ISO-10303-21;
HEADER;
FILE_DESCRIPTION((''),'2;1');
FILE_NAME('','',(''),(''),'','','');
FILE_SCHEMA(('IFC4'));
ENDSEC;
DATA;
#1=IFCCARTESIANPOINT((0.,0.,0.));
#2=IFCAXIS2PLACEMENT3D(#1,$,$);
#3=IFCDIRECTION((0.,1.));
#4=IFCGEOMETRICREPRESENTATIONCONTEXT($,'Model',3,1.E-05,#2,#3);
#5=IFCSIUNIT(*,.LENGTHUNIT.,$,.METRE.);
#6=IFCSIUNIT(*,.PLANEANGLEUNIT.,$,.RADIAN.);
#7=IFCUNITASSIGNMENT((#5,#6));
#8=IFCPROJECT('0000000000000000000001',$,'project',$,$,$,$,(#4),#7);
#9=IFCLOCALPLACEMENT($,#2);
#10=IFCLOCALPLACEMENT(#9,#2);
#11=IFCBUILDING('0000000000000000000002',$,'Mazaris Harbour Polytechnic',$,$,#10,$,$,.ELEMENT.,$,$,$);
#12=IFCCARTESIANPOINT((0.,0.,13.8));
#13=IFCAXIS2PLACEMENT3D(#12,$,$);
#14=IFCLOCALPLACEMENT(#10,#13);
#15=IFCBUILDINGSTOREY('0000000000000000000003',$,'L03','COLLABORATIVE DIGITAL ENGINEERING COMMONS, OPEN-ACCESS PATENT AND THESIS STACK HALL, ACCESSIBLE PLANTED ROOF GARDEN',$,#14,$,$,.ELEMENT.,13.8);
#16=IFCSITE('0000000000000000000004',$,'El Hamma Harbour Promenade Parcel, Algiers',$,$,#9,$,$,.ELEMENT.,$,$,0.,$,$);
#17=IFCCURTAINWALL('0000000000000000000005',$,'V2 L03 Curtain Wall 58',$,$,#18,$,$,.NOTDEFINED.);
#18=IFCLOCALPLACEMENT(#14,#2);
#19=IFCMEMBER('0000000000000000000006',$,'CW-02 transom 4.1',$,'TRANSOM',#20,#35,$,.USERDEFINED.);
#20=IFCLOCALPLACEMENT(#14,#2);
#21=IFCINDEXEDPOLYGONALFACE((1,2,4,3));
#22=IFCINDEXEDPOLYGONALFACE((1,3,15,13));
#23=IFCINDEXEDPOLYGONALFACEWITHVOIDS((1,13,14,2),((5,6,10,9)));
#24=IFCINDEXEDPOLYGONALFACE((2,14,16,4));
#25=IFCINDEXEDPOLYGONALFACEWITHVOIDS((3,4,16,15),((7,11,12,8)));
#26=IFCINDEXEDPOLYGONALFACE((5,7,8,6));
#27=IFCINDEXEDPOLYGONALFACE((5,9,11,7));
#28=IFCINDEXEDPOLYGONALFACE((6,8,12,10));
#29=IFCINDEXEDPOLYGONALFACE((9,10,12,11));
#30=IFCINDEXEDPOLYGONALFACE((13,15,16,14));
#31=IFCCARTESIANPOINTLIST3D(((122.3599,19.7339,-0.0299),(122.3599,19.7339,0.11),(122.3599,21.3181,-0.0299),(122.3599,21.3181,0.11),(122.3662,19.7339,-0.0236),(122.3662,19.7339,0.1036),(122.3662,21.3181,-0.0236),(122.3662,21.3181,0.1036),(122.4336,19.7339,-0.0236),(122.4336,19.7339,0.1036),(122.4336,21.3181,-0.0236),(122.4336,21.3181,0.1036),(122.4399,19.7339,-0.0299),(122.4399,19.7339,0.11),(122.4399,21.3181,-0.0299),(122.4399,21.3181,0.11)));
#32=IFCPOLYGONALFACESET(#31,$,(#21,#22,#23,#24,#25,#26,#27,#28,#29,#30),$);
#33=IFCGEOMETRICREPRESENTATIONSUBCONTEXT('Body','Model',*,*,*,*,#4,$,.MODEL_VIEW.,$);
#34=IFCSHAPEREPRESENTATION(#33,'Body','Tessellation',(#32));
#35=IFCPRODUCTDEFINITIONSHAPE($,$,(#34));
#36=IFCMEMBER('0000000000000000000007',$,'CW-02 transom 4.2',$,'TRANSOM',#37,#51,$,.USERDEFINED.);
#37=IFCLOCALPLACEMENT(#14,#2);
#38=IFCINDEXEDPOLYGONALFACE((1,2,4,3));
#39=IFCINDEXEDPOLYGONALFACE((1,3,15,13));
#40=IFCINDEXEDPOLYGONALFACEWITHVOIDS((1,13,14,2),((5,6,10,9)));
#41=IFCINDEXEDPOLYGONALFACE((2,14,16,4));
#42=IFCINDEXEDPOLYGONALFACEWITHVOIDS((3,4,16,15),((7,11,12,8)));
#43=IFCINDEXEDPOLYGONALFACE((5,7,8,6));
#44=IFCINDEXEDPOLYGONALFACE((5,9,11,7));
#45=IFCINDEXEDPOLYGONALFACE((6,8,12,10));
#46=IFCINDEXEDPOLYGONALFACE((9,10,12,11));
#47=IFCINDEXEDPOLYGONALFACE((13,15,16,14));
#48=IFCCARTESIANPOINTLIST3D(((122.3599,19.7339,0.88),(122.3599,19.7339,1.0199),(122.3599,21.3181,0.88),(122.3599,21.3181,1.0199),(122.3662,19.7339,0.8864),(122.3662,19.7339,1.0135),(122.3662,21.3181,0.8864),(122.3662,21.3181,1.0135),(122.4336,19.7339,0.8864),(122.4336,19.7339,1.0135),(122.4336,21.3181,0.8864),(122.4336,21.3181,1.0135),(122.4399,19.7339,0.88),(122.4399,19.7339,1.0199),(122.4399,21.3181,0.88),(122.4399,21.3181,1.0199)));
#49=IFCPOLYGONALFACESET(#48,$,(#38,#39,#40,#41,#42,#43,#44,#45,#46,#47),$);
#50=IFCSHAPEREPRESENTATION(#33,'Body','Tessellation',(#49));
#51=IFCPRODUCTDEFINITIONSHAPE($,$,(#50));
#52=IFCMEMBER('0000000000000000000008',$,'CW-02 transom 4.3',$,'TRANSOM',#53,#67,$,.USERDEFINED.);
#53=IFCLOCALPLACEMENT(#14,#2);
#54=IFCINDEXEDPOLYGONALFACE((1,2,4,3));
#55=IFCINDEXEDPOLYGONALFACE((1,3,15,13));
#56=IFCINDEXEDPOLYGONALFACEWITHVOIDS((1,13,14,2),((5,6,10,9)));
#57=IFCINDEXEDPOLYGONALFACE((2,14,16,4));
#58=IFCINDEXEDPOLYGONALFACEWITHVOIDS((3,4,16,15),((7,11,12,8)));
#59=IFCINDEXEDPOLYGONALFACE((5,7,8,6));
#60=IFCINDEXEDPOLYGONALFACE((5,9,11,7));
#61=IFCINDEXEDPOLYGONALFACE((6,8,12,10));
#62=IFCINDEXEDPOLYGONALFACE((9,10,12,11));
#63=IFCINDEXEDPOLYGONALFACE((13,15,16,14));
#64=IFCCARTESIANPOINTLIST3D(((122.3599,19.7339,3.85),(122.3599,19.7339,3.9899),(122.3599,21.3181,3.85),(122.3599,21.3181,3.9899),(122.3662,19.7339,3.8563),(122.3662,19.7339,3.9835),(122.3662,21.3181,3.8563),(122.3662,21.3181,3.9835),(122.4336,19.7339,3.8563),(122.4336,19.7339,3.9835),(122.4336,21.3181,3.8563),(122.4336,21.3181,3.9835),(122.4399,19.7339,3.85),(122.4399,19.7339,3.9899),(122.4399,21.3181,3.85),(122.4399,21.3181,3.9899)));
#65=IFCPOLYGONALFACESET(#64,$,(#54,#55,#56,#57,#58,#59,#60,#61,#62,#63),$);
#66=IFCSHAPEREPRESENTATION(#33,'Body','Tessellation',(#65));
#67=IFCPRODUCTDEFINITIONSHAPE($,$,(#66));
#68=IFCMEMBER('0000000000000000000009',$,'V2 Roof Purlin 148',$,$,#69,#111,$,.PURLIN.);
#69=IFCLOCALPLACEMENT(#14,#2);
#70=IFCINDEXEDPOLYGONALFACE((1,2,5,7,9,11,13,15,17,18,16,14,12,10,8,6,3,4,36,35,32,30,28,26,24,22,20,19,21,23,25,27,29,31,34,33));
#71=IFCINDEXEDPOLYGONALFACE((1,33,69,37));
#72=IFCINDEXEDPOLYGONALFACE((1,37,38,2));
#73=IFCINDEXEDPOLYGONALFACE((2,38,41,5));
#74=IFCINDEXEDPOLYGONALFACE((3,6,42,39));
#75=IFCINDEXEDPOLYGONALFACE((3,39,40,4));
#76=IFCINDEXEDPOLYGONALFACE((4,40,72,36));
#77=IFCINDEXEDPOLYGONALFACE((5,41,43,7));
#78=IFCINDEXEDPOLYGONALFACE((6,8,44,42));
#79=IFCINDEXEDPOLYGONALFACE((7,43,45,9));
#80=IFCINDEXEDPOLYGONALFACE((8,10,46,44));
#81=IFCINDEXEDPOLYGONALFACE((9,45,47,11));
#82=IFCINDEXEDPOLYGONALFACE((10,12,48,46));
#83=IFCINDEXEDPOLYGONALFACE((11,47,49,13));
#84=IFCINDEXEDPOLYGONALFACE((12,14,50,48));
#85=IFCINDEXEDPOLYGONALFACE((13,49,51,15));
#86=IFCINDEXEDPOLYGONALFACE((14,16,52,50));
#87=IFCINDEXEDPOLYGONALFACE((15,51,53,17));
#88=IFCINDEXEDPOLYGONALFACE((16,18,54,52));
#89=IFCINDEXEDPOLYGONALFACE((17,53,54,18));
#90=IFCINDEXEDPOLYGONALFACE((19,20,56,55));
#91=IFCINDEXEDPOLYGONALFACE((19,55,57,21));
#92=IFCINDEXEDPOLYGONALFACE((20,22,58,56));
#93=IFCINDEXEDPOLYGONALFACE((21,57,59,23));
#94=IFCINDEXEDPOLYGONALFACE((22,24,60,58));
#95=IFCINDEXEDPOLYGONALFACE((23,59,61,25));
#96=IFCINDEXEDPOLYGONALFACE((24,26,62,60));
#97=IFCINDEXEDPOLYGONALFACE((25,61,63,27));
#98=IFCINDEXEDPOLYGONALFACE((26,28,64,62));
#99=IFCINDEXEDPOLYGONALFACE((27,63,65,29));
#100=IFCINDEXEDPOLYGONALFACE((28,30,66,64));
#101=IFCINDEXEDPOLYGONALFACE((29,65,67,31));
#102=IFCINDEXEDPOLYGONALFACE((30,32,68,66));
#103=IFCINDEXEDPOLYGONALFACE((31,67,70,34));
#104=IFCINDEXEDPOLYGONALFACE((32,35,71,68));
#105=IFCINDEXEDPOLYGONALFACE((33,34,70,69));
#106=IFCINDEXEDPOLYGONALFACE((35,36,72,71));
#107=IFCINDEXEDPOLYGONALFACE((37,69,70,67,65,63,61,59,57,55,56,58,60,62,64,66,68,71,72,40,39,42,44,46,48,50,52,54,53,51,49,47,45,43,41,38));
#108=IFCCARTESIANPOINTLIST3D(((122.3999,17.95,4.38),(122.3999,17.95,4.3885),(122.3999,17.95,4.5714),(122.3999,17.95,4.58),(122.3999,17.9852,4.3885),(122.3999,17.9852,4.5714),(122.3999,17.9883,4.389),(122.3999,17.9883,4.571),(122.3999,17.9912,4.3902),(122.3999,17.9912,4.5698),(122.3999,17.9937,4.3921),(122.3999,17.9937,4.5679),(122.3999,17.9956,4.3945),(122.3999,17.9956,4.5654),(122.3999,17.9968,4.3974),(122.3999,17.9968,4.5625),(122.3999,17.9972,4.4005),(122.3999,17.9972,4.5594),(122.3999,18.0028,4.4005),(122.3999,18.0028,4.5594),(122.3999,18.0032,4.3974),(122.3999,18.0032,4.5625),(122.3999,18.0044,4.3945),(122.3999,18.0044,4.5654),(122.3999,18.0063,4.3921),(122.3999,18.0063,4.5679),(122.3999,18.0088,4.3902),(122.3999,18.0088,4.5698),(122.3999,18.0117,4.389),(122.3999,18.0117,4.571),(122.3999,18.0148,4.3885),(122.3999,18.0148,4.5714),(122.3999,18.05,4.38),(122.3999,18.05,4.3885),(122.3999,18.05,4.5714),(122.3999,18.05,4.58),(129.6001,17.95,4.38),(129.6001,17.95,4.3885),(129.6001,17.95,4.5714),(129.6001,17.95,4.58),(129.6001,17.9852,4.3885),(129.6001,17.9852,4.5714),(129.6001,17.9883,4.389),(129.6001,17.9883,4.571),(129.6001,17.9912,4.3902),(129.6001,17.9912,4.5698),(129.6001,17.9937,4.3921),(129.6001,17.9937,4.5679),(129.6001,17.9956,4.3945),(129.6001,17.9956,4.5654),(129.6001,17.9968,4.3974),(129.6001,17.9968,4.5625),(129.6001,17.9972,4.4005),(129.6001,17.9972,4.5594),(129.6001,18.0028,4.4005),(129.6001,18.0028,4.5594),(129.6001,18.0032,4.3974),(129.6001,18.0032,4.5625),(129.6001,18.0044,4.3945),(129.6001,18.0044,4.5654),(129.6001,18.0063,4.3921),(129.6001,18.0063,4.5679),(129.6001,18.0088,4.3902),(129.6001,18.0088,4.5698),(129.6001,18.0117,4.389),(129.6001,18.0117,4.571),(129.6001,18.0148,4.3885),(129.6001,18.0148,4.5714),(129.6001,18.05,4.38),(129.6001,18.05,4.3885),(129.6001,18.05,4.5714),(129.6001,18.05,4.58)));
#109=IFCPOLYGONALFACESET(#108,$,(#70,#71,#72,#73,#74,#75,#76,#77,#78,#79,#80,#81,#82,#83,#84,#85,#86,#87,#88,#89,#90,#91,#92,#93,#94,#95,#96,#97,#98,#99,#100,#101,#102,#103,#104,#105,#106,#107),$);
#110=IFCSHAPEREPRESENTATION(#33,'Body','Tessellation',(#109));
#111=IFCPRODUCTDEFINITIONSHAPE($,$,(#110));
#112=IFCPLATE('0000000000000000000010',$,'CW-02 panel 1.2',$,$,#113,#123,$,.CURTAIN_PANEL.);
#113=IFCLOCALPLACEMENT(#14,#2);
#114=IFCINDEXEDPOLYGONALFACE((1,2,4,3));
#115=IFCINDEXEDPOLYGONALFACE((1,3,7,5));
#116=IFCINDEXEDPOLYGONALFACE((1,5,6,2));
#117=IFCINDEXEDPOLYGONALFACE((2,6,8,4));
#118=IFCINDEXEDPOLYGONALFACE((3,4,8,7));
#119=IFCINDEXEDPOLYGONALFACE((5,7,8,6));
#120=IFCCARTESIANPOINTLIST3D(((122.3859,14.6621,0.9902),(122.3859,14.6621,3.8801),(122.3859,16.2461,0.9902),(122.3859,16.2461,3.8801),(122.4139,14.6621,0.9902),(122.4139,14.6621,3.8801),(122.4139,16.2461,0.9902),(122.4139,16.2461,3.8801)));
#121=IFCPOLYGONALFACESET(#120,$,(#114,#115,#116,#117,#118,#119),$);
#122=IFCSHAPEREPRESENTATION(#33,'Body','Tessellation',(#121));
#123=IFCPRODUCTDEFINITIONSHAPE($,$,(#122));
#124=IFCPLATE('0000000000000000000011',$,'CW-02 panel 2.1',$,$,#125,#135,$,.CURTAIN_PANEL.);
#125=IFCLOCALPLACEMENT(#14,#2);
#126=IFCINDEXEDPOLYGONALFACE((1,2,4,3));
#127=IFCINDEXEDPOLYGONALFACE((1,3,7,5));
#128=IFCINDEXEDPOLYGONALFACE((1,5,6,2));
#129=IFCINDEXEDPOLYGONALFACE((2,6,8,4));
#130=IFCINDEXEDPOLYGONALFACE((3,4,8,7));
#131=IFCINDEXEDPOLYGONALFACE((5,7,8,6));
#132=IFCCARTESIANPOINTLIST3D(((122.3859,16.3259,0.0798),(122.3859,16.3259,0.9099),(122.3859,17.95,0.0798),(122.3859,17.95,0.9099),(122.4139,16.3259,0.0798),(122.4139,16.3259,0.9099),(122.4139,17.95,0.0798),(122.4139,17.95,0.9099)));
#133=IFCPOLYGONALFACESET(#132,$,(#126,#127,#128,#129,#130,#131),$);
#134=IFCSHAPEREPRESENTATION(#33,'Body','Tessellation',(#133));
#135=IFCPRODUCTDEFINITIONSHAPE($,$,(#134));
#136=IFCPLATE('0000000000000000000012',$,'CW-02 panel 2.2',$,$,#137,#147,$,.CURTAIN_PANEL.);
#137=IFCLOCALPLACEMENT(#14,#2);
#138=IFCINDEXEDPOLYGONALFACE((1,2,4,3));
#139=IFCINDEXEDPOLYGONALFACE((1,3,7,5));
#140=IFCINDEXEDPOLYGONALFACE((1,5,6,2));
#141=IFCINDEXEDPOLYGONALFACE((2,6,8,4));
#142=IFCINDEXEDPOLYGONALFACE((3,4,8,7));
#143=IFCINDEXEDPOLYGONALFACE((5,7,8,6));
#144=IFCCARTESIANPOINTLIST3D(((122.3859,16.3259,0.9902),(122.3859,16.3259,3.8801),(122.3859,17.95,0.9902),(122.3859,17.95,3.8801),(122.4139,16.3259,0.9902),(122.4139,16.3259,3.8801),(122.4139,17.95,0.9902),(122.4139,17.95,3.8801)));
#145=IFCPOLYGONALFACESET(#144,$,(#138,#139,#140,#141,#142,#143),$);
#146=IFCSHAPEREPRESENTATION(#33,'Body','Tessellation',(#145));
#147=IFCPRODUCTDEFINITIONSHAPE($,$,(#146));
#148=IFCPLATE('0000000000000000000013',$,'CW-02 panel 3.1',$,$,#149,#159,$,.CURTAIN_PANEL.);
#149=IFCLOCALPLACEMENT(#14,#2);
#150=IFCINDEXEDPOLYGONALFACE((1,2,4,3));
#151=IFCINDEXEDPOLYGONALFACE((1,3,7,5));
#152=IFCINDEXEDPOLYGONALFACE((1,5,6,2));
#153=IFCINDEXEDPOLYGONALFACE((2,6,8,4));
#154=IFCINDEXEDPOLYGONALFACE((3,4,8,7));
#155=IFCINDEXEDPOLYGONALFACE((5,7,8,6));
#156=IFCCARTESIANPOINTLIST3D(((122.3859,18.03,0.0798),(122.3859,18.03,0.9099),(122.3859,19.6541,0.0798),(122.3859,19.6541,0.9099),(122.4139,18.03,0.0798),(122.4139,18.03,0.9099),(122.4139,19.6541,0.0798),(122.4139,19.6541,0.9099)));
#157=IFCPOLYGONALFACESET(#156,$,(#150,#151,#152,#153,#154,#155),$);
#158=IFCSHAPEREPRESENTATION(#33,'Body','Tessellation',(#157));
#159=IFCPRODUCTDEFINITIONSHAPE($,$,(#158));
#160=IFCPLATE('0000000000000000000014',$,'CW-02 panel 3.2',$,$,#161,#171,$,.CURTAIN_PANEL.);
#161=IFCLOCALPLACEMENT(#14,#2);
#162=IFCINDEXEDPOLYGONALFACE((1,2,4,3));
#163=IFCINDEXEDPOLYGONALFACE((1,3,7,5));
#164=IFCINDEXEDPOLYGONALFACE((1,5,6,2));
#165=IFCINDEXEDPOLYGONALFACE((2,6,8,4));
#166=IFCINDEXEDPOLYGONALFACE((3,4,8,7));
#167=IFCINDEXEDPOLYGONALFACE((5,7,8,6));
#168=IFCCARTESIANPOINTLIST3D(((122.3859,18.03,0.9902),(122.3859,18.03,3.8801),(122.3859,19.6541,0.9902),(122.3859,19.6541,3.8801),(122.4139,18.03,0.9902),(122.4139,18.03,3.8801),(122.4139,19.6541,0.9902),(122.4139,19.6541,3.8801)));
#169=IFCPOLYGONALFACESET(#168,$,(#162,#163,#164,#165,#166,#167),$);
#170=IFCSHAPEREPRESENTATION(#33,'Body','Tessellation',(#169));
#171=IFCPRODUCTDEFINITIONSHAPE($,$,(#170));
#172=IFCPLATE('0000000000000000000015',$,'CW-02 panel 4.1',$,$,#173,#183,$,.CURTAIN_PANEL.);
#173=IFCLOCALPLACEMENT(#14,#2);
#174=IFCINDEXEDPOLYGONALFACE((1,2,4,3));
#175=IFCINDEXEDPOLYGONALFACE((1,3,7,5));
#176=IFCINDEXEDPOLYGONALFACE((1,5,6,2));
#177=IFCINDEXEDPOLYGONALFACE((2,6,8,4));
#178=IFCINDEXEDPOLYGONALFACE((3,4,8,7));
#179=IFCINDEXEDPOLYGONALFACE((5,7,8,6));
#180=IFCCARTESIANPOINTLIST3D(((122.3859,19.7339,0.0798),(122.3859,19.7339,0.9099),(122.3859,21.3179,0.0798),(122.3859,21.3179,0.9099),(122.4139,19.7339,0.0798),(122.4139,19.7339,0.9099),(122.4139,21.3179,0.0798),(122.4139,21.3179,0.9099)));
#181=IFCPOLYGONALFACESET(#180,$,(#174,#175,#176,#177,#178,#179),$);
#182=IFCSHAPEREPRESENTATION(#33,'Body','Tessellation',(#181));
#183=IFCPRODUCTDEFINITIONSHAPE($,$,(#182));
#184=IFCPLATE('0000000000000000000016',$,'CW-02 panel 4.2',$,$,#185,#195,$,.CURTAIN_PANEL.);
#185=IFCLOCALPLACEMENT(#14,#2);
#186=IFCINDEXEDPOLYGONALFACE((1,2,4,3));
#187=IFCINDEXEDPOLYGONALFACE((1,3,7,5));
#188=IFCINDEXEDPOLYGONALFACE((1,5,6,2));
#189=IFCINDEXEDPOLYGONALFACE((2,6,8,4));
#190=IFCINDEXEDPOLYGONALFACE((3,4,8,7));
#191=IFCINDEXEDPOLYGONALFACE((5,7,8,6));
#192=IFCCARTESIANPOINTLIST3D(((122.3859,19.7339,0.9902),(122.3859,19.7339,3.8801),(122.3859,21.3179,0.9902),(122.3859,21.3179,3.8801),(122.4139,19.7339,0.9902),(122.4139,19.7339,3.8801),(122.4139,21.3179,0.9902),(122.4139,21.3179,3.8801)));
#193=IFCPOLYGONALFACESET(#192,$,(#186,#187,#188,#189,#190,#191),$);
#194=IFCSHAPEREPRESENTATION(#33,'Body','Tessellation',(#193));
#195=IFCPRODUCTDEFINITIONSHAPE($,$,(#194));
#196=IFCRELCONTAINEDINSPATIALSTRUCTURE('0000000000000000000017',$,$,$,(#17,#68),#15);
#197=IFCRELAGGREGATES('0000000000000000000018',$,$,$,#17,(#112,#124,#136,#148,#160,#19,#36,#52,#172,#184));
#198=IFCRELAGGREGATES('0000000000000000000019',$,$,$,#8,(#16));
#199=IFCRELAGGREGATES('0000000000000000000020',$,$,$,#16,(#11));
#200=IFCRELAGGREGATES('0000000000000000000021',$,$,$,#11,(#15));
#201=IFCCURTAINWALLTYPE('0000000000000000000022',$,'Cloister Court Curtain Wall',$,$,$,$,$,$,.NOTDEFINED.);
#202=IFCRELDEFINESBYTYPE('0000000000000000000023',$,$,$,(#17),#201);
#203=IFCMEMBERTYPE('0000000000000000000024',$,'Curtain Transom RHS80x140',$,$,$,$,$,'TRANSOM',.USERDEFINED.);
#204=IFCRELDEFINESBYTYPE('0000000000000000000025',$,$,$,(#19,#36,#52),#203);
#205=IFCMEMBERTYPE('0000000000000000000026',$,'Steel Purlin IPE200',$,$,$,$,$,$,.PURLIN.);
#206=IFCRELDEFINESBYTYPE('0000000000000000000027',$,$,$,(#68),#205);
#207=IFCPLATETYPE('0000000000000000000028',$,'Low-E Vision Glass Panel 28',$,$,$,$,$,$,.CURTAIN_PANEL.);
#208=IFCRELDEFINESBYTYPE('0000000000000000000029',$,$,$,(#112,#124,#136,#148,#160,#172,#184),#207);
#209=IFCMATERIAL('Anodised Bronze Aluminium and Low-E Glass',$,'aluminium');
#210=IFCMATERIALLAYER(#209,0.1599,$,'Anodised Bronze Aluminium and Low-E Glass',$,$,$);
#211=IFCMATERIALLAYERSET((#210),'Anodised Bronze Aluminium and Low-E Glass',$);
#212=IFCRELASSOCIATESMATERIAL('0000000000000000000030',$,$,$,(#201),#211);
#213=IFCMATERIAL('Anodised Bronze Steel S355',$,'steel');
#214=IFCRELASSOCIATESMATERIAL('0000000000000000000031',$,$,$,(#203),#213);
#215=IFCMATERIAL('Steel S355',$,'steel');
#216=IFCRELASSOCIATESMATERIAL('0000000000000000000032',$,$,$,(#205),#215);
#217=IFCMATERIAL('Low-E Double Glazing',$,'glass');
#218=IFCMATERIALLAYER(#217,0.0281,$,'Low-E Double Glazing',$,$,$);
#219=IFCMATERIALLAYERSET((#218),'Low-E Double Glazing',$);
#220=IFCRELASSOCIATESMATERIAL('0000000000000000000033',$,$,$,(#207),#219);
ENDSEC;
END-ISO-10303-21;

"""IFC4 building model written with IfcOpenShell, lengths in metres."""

from ifc_helpers import new_model, si_unit, direction, frame, origin, origin_2d, place, context, subcontext, project, spatial, rectangle, hollow_rectangle, i_section, extrude, material, layer, layer_set, material_profile, profile_set, type_object, element, aggregate, save


model = new_model("IFC4")

# Units and contexts
model_context = context("Model", 3, precision=1e-05, world=origin(), true_north=direction((0.0, 1.0)))
body_context = subcontext(model_context, "Body", "Model", "MODEL_VIEW")
ifc_project = project(units=[si_unit("LENGTHUNIT", "METRE"), si_unit("PLANEANGLEUNIT", "RADIAN")], contexts=[model_context])

# Site, building, storey
site_placement = place(None, origin())
site = spatial("IfcSite", under=ifc_project, at=site_placement, Name="El Hamma Harbour Promenade Parcel, Algiers", CompositionType="ELEMENT", RefElevation=0.0)
building_placement = place(site_placement, origin())
building = spatial("IfcBuilding", under=site, at=building_placement, Name="Mazaris Harbour Polytechnic", CompositionType="ELEMENT")
storey_placement = place(building_placement, frame((0.0, 0.0, 13.8)))
storey = spatial("IfcBuildingStorey", under=building, at=storey_placement, Name="L03", Description="COLLABORATIVE DIGITAL ENGINEERING COMMONS, OPEN-ACCESS PATENT AND THESIS STACK HALL, ACCESSIBLE PLANTED ROOF GARDEN", CompositionType="ELEMENT", Elevation=13.8)

# Curtain wall, members
ifc_material_1 = material(Name="Anodised Bronze Aluminium and Low-E Glass", Category="aluminium")
ifc_layer_1 = layer(ifc_material_1, 0.1599, Name="Anodised Bronze Aluminium and Low-E Glass")
ifc_layer_set_1 = layer_set([ifc_layer_1], Name="Anodised Bronze Aluminium and Low-E Glass")
curtain_wall_type = type_object("IfcCurtainWallType", Name="Cloister Court Curtain Wall", PredefinedType="NOTDEFINED", material=ifc_layer_set_1)
curtain_wall_placement = place(storey_placement, origin())
curtain_wall = element("IfcCurtainWall", 1, at=curtain_wall_placement, inside=storey, type_object=curtain_wall_type, Name="V2 L03 Curtain Wall 58", PredefinedType="NOTDEFINED")
ifc_material_2 = material(Name="Anodised Bronze Steel S355", Category="steel")
ifc_material_profile_1 = material_profile(ifc_material_2, hollow_rectangle(XDim=0.0801, YDim=0.1399, WallThickness=0.0063, at=origin_2d()), Name="RHS 80x140x6.3")
ifc_profile_set_1 = profile_set([ifc_material_profile_1], Name="Anodised Bronze Steel S355")
member_type_1 = type_object("IfcMemberType", Name="Curtain Transom RHS80x140", ElementType="TRANSOM", PredefinedType="USERDEFINED", material=ifc_profile_set_1)
member_1_placement = place(storey_placement, frame((122.3999, 19.7339, 0.04), z_axis=(0.0, 1.0, 0.0), x_axis=(-1.0, 0.0, 0.0)))
member_1 = element("IfcMember", 2, at=member_1_placement, type_object=member_type_1, Name="CW-02 transom 4.1", ObjectType="TRANSOM", PredefinedType="USERDEFINED", context=body_context, shape_type="SweptSolid", body=[
    extrude(hollow_rectangle(XDim=0.0801, YDim=0.1399, WallThickness=0.0063, at=origin_2d()), origin(), (0.0, 0.0, 1.0), 1.5842),
])
member_2_placement = place(storey_placement, frame((122.3999, 19.7339, 0.95), z_axis=(0.0, 1.0, 0.0), x_axis=(-1.0, 0.0, 0.0)))
member_2 = element("IfcMember", 3, at=member_2_placement, type_object=member_type_1, Name="CW-02 transom 4.2", ObjectType="TRANSOM", PredefinedType="USERDEFINED", context=body_context, shape_type="SweptSolid", body=[
    extrude(hollow_rectangle(XDim=0.0801, YDim=0.1399, WallThickness=0.0063, at=origin_2d()), origin(), (0.0, 0.0, 1.0), 1.5842),
])
member_3_placement = place(storey_placement, frame((122.3999, 19.7339, 3.9199), z_axis=(0.0, 1.0, 0.0), x_axis=(-1.0, 0.0, 0.0)))
member_3 = element("IfcMember", 4, at=member_3_placement, type_object=member_type_1, Name="CW-02 transom 4.3", ObjectType="TRANSOM", PredefinedType="USERDEFINED", context=body_context, shape_type="SweptSolid", body=[
    extrude(hollow_rectangle(XDim=0.0801, YDim=0.1399, WallThickness=0.0063, at=origin_2d()), origin(), (0.0, 0.0, 1.0), 1.5842),
])

# Member
ifc_material_3 = material(Name="Steel S355", Category="steel")
ifc_material_profile_2 = material_profile(ifc_material_3, i_section(OverallWidth=0.1001, OverallDepth=0.2, WebThickness=0.0056, FlangeThickness=0.0085, FilletRadius=0.012, at=origin_2d()), Name="IPE 200")
ifc_profile_set_2 = profile_set([ifc_material_profile_2], Name="Steel S355")
member_type_2 = type_object("IfcMemberType", Name="Steel Purlin IPE200", PredefinedType="PURLIN", material=ifc_profile_set_2)
member_4_placement = place(storey_placement, frame((122.3999, 18.0, 4.48), z_axis=(1.0, 0.0, 0.0), x_axis=(0.0, 1.0, 0.0)))
element("IfcMember", 5, at=member_4_placement, inside=storey, type_object=member_type_2, Name="V2 Roof Purlin 148", PredefinedType="PURLIN", context=body_context, shape_type="SweptSolid", body=[
    extrude(i_section(OverallWidth=0.1001, OverallDepth=0.2, WebThickness=0.0056, FlangeThickness=0.0085, FilletRadius=0.012, at=origin_2d()), origin(), (0.0, 0.0, 1.0), 7.2002),
])

# Plates
ifc_material_4 = material(Name="Low-E Double Glazing", Category="glass")
ifc_layer_2 = layer(ifc_material_4, 0.0281, Name="Low-E Double Glazing")
ifc_layer_set_2 = layer_set([ifc_layer_2], Name="Low-E Double Glazing")
plate_type = type_object("IfcPlateType", Name="Low-E Vision Glass Panel 28", PredefinedType="CURTAIN_PANEL", material=ifc_layer_set_2)
plate_1_placement = place(storey_placement, frame((122.3999, 15.4541, 0.9902), z_axis=(0.0, 0.0, 1.0), x_axis=(0.0, 1.0, 0.0)))
plate_1 = element("IfcPlate", 6, at=plate_1_placement, type_object=plate_type, Name="CW-02 panel 1.2", PredefinedType="CURTAIN_PANEL", context=body_context, shape_type="SweptSolid", body=[
    extrude(rectangle(XDim=1.584, YDim=0.0281, at=origin_2d()), origin(), (0.0, 0.0, 1.0), 2.8899),
])
plate_2_placement = place(storey_placement, frame((122.3999, 17.1379, 0.0798), z_axis=(0.0, 0.0, 1.0), x_axis=(0.0, 1.0, 0.0)))
plate_2 = element("IfcPlate", 7, at=plate_2_placement, type_object=plate_type, Name="CW-02 panel 2.1", PredefinedType="CURTAIN_PANEL", context=body_context, shape_type="SweptSolid", body=[
    extrude(rectangle(XDim=1.624, YDim=0.0281, at=origin_2d()), origin(), (0.0, 0.0, 1.0), 0.8301),
])
plate_3_placement = place(storey_placement, frame((122.3999, 17.1379, 0.9902), z_axis=(0.0, 0.0, 1.0), x_axis=(0.0, 1.0, 0.0)))
plate_3 = element("IfcPlate", 8, at=plate_3_placement, type_object=plate_type, Name="CW-02 panel 2.2", PredefinedType="CURTAIN_PANEL", context=body_context, shape_type="SweptSolid", body=[
    extrude(rectangle(XDim=1.624, YDim=0.0281, at=origin_2d()), origin(), (0.0, 0.0, 1.0), 2.8899),
])
plate_4_placement = place(storey_placement, frame((122.3999, 18.842, 0.0798), z_axis=(0.0, 0.0, 1.0), x_axis=(0.0, 1.0, 0.0)))
plate_4 = element("IfcPlate", 9, at=plate_4_placement, type_object=plate_type, Name="CW-02 panel 3.1", PredefinedType="CURTAIN_PANEL", context=body_context, shape_type="SweptSolid", body=[
    extrude(rectangle(XDim=1.624, YDim=0.0281, at=origin_2d()), origin(), (0.0, 0.0, 1.0), 0.8301),
])
plate_5_placement = place(storey_placement, frame((122.3999, 18.842, 0.9902), z_axis=(0.0, 0.0, 1.0), x_axis=(0.0, 1.0, 0.0)))
plate_5 = element("IfcPlate", 10, at=plate_5_placement, type_object=plate_type, Name="CW-02 panel 3.2", PredefinedType="CURTAIN_PANEL", context=body_context, shape_type="SweptSolid", body=[
    extrude(rectangle(XDim=1.624, YDim=0.0281, at=origin_2d()), origin(), (0.0, 0.0, 1.0), 2.8899),
])
plate_6_placement = place(storey_placement, frame((122.3999, 20.5259, 0.0798), z_axis=(0.0, 0.0, 1.0), x_axis=(0.0, 1.0, 0.0)))
plate_6 = element("IfcPlate", 11, at=plate_6_placement, type_object=plate_type, Name="CW-02 panel 4.1", PredefinedType="CURTAIN_PANEL", context=body_context, shape_type="SweptSolid", body=[
    extrude(rectangle(XDim=1.584, YDim=0.0281, at=origin_2d()), origin(), (0.0, 0.0, 1.0), 0.8301),
])
plate_7_placement = place(storey_placement, frame((122.3999, 20.5259, 0.9902), z_axis=(0.0, 0.0, 1.0), x_axis=(0.0, 1.0, 0.0)))
plate_7 = element("IfcPlate", 12, at=plate_7_placement, type_object=plate_type, Name="CW-02 panel 4.2", PredefinedType="CURTAIN_PANEL", context=body_context, shape_type="SweptSolid", body=[
    extrude(rectangle(XDim=1.584, YDim=0.0281, at=origin_2d()), origin(), (0.0, 0.0, 1.0), 2.8899),
])
aggregate(curtain_wall, [plate_1, plate_2, plate_3, plate_4, plate_5, member_1, member_2, member_3, plate_6, plate_7])

save(model, "model.ifc")
